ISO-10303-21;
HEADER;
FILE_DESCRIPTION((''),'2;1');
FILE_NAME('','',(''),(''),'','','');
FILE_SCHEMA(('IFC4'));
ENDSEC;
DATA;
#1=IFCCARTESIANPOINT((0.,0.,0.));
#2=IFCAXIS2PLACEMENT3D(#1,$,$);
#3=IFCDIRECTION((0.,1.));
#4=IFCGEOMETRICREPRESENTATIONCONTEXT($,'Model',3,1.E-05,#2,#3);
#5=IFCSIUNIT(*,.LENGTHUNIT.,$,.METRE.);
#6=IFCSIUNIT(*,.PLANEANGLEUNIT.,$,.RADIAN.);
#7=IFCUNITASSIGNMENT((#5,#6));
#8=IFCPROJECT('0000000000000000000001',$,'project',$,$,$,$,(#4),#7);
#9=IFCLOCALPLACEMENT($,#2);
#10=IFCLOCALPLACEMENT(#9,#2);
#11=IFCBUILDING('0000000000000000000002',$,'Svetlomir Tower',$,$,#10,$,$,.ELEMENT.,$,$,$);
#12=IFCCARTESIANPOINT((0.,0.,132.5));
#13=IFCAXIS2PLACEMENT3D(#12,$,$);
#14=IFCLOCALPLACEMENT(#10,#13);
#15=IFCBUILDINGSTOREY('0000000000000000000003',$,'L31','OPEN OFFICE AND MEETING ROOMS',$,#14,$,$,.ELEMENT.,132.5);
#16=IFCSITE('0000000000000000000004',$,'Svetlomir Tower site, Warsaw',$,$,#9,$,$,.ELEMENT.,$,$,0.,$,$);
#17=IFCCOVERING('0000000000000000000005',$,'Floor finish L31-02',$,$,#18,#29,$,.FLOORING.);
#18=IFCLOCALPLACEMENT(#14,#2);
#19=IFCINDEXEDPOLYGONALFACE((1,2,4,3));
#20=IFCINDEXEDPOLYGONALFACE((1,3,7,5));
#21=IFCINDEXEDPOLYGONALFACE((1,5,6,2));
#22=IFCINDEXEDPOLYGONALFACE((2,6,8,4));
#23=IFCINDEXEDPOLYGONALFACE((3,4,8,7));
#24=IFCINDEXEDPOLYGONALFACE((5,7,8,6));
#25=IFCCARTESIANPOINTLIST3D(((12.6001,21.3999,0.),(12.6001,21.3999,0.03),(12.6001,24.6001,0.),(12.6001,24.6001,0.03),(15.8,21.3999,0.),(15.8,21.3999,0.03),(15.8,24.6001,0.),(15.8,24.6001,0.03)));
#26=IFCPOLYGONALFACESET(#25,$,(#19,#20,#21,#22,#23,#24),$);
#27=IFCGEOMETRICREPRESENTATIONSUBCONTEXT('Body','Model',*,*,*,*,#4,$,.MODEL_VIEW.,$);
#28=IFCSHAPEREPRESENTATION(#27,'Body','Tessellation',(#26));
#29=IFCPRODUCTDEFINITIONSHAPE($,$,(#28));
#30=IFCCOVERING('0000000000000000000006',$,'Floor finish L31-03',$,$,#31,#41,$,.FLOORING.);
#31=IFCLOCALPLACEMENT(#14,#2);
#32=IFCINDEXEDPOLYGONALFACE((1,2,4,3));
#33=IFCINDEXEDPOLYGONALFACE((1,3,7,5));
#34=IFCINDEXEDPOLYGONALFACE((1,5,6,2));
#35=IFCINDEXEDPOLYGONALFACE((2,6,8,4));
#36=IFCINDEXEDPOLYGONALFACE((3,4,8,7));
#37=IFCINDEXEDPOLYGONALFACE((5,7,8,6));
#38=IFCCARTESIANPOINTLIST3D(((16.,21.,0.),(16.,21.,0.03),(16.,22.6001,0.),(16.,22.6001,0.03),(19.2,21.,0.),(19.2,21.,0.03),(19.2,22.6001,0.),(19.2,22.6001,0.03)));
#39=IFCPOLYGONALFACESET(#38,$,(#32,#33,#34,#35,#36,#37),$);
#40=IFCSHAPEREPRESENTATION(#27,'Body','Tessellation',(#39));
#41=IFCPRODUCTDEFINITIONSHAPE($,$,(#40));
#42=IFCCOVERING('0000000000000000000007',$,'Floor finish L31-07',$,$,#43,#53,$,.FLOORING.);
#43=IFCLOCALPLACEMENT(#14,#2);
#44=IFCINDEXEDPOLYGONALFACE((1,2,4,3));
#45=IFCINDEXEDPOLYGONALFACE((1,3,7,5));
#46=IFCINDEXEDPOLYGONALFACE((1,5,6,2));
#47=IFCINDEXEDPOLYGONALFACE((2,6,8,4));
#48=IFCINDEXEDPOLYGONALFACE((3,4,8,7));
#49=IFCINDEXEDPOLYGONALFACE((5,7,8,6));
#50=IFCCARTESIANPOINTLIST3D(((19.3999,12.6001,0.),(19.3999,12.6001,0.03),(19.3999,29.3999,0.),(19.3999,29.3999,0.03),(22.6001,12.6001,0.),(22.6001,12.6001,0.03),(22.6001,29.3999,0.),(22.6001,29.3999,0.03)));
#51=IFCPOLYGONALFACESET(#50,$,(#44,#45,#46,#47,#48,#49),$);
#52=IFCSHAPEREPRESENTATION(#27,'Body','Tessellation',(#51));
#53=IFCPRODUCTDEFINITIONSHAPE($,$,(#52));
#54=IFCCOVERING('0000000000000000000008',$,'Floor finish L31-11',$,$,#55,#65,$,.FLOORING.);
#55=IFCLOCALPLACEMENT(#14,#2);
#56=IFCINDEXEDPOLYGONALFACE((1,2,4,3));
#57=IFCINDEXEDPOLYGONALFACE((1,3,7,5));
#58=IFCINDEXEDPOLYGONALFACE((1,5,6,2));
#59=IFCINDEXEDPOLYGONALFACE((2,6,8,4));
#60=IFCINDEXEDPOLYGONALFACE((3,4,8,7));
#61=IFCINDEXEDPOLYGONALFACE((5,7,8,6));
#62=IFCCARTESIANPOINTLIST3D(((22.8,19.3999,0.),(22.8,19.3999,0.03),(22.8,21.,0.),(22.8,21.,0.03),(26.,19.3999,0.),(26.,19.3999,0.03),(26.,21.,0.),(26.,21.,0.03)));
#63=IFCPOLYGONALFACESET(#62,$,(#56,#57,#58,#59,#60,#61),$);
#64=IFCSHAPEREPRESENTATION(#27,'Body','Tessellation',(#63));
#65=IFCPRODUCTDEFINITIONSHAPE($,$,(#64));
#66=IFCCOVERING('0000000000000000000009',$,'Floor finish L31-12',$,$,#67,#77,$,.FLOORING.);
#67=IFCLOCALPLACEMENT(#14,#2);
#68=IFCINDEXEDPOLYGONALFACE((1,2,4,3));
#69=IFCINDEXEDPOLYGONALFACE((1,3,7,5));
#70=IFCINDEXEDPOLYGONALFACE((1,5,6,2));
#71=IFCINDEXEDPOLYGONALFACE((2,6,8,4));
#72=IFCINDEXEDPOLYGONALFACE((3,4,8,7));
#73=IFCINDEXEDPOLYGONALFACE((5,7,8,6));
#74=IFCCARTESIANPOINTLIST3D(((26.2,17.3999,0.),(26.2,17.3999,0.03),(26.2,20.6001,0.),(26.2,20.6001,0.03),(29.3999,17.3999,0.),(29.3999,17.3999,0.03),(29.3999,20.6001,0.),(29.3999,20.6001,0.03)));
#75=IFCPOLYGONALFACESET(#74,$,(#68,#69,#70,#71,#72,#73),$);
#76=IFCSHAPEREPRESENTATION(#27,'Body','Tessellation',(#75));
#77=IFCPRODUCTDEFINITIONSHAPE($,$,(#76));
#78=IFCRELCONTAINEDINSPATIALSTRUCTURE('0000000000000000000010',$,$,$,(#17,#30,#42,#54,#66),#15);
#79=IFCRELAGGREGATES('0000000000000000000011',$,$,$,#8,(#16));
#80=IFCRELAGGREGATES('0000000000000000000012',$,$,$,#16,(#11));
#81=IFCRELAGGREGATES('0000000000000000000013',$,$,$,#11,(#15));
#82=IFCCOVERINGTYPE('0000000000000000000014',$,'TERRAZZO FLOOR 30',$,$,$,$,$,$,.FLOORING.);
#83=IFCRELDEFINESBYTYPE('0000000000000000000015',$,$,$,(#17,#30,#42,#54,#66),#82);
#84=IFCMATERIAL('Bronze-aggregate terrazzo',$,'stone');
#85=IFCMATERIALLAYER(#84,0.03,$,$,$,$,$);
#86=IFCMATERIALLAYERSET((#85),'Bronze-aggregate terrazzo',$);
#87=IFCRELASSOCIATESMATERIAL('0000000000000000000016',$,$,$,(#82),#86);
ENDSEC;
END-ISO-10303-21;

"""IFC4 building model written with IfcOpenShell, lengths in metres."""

from ifc_helpers import new_model, si_unit, direction, frame, origin, place, context, subcontext, project, spatial, polyline, outline, extrude, material, layer, layer_set, type_object, element, save


model = new_model("IFC4")

# Units and contexts
model_context = context("Model", 3, precision=1e-05, world=origin(), true_north=direction((0.0, 1.0)))
body_context = subcontext(model_context, "Body", "Model", "MODEL_VIEW")
ifc_project = project(units=[si_unit("LENGTHUNIT", "METRE"), si_unit("PLANEANGLEUNIT", "RADIAN")], contexts=[model_context])

# Site, building, storey
site_placement = place(None, origin())
site = spatial("IfcSite", under=ifc_project, at=site_placement, Name="Svetlomir Tower site, Warsaw", CompositionType="ELEMENT", RefElevation=0.0)
building_placement = place(site_placement, origin())
building = spatial("IfcBuilding", under=site, at=building_placement, Name="Svetlomir Tower", CompositionType="ELEMENT")
storey_placement = place(building_placement, frame((0.0, 0.0, 132.5)))
storey = spatial("IfcBuildingStorey", under=building, at=storey_placement, Name="L31", Description="OPEN OFFICE AND MEETING ROOMS", CompositionType="ELEMENT", Elevation=132.5)

# Coverings
ifc_material_1 = material(Name="Bronze-aggregate terrazzo", Category="stone")
ifc_layer_1 = layer(ifc_material_1, 0.03)
ifc_layer_set_1 = layer_set([ifc_layer_1], Name="Bronze-aggregate terrazzo")
covering_type_1 = type_object("IfcCoveringType", Name="TERRAZZO FLOOR 30", PredefinedType="FLOORING", material=ifc_layer_set_1)
covering_1_placement = place(storey_placement, origin())
element("IfcCovering", 1, at=covering_1_placement, inside=storey, type_object=covering_type_1, Name="Floor finish L31-02", PredefinedType="FLOORING", context=body_context, shape_type="SweptSolid", body=[
    extrude(outline(polyline([(12.6001, 21.3999), (15.8, 21.3999), (15.8, 24.6001), (12.6001, 24.6001), (12.6001, 21.3999)])), origin(), (0.0, 0.0, 1.0), 0.03),
])
covering_2_placement = place(storey_placement, origin())
element("IfcCovering", 2, at=covering_2_placement, inside=storey, type_object=covering_type_1, Name="Floor finish L31-03", PredefinedType="FLOORING", context=body_context, shape_type="SweptSolid", body=[
    extrude(outline(polyline([(16.0, 21.0), (19.2, 21.0), (19.2, 22.6001), (16.0, 22.6001), (16.0, 21.0)])), origin(), (0.0, 0.0, 1.0), 0.03),
])
covering_3_placement = place(storey_placement, origin())
element("IfcCovering", 3, at=covering_3_placement, inside=storey, type_object=covering_type_1, Name="Floor finish L31-07", PredefinedType="FLOORING", context=body_context, shape_type="SweptSolid", body=[
    extrude(outline(polyline([(19.3999, 12.6001), (22.6001, 12.6001), (22.6001, 29.3999), (19.3999, 29.3999), (19.3999, 12.6001)])), origin(), (0.0, 0.0, 1.0), 0.03),
])
covering_4_placement = place(storey_placement, origin())
element("IfcCovering", 4, at=covering_4_placement, inside=storey, type_object=covering_type_1, Name="Floor finish L31-11", PredefinedType="FLOORING", context=body_context, shape_type="SweptSolid", body=[
    extrude(outline(polyline([(22.8, 19.3999), (26.0, 19.3999), (26.0, 21.0), (22.8, 21.0), (22.8, 19.3999)])), origin(), (0.0, 0.0, 1.0), 0.03),
])
covering_5_placement = place(storey_placement, origin())
element("IfcCovering", 5, at=covering_5_placement, inside=storey, type_object=covering_type_1, Name="Floor finish L31-12", PredefinedType="FLOORING", context=body_context, shape_type="SweptSolid", body=[
    extrude(outline(polyline([(26.2, 17.3999), (29.3999, 17.3999), (29.3999, 20.6001), (26.2, 20.6001), (26.2, 17.3999)])), origin(), (0.0, 0.0, 1.0), 0.03),
])

save(model, "model.ifc")
